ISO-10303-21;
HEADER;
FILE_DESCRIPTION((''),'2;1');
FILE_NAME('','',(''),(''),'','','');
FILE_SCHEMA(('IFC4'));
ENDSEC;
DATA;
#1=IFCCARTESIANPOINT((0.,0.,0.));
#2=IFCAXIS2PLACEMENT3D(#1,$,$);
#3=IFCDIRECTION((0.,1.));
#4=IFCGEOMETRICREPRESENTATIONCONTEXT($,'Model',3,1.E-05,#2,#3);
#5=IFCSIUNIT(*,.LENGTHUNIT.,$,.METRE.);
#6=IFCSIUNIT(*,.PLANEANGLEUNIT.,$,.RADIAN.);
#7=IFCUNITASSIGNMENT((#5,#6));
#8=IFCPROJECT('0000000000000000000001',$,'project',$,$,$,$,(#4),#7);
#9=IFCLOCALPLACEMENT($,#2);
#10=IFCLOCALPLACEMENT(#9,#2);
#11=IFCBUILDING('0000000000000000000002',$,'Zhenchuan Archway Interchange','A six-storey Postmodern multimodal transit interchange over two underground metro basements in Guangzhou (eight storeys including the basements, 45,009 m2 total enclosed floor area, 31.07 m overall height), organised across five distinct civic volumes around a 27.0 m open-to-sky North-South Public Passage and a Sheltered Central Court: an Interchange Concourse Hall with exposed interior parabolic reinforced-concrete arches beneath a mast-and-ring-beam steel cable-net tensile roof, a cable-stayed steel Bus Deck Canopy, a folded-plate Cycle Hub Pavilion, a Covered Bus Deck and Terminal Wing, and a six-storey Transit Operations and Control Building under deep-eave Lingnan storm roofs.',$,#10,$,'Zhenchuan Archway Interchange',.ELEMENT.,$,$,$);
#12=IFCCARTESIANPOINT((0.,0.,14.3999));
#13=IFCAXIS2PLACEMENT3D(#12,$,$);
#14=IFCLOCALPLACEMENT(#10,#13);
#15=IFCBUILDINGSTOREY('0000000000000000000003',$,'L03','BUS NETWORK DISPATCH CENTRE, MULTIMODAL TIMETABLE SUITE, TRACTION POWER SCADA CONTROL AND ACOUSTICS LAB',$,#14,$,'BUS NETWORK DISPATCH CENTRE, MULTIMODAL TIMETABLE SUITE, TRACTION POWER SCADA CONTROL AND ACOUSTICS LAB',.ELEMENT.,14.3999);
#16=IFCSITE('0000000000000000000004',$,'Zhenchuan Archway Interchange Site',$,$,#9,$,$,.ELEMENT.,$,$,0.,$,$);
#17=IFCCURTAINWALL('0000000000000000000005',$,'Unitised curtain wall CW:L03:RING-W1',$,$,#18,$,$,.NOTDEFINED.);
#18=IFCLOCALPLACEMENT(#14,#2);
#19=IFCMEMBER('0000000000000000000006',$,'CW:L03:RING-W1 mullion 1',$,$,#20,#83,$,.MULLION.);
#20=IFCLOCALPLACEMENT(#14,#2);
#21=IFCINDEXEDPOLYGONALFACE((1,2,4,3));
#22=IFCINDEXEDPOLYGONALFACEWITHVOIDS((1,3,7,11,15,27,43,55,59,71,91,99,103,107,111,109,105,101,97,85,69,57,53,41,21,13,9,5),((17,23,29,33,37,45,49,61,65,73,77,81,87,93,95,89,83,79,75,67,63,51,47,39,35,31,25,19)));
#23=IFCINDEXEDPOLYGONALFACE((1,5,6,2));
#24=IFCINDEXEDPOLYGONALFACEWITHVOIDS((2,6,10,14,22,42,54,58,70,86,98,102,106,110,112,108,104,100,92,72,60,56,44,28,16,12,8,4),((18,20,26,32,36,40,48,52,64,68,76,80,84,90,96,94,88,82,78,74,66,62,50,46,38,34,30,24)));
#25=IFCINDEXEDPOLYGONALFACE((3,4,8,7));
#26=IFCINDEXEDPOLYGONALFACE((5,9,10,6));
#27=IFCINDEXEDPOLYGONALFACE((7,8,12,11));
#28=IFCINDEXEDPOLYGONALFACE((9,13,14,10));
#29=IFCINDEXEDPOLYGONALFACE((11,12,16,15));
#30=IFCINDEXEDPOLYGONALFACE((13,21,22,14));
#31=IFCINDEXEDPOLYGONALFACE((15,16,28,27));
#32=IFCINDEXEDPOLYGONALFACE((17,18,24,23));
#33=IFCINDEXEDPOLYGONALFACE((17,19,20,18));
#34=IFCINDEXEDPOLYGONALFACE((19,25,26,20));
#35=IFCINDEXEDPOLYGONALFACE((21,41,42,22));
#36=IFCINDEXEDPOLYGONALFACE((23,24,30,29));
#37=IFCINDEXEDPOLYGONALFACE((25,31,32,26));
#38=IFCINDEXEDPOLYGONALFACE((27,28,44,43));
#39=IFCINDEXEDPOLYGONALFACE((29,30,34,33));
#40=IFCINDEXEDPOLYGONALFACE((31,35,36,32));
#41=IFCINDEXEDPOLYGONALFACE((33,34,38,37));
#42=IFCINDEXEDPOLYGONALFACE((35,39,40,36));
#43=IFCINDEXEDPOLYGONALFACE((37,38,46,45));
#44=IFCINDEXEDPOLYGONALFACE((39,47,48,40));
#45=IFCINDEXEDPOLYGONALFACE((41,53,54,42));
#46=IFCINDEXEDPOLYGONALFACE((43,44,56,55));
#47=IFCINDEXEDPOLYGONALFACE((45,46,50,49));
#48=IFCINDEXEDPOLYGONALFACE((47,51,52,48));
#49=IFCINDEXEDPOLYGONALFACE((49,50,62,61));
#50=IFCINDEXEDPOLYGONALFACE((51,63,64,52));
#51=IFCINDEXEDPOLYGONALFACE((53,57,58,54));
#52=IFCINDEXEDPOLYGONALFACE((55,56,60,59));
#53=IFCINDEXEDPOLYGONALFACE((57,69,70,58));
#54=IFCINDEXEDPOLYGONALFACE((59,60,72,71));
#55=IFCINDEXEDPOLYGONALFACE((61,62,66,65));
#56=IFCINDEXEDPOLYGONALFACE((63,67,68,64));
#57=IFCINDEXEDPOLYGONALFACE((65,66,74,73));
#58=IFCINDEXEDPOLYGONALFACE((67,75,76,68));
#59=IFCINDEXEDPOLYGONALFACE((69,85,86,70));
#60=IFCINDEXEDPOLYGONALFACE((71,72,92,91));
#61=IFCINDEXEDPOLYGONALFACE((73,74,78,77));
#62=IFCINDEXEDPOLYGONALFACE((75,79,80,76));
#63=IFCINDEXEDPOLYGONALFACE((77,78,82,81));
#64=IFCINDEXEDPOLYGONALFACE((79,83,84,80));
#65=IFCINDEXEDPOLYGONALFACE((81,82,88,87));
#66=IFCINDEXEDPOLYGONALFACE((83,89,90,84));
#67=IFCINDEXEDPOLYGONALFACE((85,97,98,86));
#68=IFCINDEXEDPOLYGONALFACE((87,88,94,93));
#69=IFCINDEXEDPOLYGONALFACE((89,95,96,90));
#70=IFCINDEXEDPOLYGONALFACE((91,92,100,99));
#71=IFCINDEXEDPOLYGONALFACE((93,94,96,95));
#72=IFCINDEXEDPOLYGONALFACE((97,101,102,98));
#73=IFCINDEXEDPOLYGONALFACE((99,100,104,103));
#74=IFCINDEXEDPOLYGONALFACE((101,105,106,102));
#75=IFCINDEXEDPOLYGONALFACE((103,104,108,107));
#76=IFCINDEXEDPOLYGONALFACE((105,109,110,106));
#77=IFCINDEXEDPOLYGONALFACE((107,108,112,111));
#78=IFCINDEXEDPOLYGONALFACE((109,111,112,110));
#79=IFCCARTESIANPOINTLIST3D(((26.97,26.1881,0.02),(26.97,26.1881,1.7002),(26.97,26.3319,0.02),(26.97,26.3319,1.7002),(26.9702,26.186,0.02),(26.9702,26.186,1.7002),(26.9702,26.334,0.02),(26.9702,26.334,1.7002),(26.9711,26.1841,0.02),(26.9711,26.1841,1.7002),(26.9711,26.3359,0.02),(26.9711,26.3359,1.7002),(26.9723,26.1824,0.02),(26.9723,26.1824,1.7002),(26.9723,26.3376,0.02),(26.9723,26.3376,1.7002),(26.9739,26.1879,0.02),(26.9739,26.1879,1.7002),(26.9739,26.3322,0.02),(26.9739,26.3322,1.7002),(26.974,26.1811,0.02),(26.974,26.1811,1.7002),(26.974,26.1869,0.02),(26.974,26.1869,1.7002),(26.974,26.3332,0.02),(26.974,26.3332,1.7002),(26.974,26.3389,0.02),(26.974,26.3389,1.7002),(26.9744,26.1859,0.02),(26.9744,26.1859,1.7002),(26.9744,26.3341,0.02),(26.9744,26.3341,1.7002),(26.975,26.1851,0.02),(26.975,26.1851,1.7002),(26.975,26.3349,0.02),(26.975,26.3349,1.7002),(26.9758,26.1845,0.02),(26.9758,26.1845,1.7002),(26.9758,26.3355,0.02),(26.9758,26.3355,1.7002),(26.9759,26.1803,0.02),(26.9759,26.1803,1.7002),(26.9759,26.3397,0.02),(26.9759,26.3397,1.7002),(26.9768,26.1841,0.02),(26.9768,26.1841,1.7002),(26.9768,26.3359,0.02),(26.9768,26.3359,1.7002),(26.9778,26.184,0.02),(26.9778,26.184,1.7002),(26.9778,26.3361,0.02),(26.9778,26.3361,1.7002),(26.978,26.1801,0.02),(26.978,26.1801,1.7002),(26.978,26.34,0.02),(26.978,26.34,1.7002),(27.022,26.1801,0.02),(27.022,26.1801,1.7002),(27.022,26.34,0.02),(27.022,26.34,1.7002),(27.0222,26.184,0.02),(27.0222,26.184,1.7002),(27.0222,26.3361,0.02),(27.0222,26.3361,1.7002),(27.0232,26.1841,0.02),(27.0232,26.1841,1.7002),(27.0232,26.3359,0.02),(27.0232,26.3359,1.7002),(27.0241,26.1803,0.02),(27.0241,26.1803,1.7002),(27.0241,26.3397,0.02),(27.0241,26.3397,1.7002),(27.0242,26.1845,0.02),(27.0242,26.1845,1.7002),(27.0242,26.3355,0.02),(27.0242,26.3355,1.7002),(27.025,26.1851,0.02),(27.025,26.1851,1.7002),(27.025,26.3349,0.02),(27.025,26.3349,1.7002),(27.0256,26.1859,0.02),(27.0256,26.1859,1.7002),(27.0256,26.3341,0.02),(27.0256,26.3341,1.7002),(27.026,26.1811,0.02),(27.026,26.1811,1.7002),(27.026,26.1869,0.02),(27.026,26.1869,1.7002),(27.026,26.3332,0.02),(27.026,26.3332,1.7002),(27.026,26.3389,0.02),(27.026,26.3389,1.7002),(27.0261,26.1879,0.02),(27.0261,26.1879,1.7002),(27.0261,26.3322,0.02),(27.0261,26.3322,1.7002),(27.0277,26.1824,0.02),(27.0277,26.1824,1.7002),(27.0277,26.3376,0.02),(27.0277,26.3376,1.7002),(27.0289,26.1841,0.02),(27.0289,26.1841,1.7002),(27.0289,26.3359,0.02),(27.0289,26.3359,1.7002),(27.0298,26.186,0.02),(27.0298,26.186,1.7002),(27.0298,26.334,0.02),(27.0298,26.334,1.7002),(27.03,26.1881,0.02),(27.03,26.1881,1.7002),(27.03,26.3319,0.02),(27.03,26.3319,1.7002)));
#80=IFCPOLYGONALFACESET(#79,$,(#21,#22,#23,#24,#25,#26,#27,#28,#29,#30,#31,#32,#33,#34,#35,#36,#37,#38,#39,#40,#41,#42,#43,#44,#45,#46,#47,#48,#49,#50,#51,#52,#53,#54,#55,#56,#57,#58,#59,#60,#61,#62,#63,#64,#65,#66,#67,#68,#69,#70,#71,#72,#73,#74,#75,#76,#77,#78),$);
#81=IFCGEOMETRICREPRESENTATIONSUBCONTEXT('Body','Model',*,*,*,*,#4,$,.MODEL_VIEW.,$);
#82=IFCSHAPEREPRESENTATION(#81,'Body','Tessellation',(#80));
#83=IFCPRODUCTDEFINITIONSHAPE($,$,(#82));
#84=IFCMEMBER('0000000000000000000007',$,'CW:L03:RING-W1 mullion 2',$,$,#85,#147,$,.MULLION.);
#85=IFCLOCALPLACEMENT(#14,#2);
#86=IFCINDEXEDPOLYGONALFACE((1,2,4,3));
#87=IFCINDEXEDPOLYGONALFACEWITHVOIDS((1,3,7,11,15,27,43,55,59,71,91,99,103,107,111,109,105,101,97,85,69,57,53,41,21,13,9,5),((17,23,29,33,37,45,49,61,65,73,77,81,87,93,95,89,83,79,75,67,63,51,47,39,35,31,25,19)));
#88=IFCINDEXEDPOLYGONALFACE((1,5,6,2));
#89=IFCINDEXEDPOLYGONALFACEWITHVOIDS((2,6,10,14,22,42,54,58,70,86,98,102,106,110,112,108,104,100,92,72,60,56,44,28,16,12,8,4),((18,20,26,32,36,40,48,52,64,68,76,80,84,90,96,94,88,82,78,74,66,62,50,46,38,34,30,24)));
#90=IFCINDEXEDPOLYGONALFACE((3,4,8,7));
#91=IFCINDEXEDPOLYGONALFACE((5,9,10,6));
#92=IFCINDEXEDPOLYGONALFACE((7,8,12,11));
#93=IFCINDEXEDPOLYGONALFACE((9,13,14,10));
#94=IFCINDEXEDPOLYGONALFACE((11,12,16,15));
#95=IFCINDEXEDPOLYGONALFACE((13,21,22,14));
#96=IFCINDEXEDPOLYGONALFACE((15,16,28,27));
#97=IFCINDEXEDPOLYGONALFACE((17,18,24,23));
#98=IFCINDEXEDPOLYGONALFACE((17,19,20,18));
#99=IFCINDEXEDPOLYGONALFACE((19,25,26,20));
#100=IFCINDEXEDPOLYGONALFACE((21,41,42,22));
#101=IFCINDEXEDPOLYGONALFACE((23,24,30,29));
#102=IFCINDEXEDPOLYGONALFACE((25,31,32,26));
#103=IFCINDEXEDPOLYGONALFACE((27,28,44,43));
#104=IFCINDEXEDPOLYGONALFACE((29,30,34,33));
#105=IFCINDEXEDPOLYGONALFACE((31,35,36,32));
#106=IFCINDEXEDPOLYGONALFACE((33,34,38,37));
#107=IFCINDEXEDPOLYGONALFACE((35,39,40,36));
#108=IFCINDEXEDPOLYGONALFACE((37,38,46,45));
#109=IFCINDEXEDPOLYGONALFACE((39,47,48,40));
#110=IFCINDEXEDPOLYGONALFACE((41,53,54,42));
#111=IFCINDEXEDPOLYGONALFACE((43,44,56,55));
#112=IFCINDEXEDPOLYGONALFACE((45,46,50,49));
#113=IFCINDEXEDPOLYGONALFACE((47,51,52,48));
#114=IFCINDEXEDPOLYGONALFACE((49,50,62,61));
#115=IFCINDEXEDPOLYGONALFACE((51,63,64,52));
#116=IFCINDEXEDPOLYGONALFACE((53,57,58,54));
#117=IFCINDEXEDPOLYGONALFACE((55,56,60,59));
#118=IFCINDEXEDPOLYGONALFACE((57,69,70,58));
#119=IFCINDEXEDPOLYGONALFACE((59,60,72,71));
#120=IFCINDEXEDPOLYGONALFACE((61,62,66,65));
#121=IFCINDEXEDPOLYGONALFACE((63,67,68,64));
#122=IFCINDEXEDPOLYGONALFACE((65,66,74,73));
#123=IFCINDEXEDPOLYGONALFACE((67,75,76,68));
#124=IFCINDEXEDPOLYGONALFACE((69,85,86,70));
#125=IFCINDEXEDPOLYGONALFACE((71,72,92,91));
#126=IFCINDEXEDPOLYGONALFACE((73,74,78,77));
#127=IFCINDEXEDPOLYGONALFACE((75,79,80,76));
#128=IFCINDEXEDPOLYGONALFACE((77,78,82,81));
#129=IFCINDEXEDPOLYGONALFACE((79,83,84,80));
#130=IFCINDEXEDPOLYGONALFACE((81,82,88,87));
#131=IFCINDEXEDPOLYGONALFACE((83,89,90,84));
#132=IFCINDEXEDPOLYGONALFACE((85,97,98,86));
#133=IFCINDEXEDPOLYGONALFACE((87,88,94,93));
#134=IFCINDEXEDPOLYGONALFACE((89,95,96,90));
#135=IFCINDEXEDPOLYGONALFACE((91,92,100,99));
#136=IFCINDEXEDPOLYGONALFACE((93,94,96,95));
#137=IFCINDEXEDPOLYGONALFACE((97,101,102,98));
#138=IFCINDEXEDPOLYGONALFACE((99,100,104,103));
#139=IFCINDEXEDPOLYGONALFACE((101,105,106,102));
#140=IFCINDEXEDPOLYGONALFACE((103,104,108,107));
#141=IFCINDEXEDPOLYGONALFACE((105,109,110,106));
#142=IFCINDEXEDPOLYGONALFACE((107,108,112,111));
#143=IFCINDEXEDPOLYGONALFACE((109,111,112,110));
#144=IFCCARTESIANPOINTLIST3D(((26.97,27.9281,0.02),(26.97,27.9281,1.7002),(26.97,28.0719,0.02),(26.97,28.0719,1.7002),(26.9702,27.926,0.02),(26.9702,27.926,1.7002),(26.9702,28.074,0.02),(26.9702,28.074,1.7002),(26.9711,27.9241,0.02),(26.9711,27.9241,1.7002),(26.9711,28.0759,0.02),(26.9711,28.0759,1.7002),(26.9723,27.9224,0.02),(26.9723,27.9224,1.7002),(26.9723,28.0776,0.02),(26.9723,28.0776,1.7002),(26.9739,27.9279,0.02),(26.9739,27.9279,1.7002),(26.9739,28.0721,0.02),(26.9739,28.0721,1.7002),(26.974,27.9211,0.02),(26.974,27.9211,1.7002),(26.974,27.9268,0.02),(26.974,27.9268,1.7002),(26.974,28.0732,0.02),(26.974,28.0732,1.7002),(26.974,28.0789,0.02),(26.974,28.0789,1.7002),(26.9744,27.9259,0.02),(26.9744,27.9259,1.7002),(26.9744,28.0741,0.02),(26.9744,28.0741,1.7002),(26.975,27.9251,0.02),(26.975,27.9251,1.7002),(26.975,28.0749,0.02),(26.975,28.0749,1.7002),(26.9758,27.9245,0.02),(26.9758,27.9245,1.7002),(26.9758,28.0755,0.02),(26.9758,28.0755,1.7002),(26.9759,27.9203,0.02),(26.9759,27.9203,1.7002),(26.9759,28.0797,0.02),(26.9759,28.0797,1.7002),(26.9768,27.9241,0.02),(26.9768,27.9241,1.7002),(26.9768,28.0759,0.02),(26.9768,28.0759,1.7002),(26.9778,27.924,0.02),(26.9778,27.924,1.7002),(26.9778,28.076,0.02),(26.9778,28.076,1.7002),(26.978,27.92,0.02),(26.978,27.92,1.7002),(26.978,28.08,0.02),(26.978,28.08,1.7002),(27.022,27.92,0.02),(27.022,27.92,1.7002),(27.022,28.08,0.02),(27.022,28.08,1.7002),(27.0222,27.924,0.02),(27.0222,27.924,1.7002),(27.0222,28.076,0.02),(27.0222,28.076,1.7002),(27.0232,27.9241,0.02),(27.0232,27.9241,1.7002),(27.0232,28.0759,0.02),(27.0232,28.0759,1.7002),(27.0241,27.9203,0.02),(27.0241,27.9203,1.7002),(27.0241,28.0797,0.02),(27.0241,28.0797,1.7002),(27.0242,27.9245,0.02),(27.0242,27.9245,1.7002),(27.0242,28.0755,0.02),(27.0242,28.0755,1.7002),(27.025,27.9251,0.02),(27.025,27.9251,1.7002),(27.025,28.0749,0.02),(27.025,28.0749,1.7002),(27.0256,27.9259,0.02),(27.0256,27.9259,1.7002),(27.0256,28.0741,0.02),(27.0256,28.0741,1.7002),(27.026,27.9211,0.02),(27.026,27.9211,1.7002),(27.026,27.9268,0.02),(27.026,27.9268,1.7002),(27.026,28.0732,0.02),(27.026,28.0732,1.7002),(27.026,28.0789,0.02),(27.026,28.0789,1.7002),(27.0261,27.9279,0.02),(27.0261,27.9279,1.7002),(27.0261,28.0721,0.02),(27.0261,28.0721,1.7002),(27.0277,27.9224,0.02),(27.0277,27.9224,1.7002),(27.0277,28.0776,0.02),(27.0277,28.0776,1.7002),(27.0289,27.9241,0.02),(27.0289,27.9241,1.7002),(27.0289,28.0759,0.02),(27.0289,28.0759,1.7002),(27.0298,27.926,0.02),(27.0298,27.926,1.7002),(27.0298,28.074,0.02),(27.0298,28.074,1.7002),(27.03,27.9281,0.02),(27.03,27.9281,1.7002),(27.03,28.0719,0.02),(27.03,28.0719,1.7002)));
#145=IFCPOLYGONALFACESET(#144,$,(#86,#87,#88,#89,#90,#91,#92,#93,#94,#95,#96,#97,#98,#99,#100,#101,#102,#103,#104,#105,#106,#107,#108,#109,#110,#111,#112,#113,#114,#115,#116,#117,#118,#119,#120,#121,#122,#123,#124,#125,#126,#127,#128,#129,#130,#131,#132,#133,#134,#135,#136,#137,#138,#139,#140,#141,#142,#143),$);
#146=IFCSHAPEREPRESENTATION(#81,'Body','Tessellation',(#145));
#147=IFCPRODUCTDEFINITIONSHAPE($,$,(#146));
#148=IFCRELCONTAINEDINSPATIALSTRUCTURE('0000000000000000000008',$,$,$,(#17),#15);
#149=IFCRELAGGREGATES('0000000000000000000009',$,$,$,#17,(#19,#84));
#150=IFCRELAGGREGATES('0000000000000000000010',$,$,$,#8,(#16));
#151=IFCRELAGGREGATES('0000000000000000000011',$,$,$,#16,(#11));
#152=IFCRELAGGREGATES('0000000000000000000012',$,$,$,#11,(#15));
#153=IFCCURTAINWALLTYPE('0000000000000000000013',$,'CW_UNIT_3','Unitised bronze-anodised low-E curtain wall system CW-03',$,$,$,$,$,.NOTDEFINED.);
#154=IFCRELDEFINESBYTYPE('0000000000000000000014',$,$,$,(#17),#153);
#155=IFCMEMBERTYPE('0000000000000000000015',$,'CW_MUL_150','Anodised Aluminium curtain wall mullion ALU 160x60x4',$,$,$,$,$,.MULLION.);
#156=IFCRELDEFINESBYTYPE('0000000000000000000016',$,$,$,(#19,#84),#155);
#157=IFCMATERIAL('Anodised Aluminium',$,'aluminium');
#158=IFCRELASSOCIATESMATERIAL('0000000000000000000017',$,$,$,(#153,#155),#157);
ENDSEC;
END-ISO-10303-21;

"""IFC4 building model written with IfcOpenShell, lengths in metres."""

from ifc_helpers import new_model, si_unit, direction, frame, origin, origin_2d, place, context, subcontext, project, spatial, hollow_rectangle, extrude, material, material_profile, profile_set, type_object, element, aggregate, save


model = new_model("IFC4")

# Units and contexts
model_context = context("Model", 3, precision=1e-05, world=origin(), true_north=direction((0.0, 1.0)))
body_context = subcontext(model_context, "Body", "Model", "MODEL_VIEW")
ifc_project = project(units=[si_unit("LENGTHUNIT", "METRE"), si_unit("PLANEANGLEUNIT", "RADIAN")], contexts=[model_context])

# Site, building, storey
site_placement = place(None, origin())
site = spatial("IfcSite", under=ifc_project, at=site_placement, Name="Zhenchuan Archway Interchange Site", CompositionType="ELEMENT", RefElevation=0.0)
building_placement = place(site_placement, origin())
building = spatial("IfcBuilding", under=site, at=building_placement, Name="Zhenchuan Archway Interchange", Description="A six-storey Postmodern multimodal transit interchange over two underground metro basements in Guangzhou (eight storeys including the basements, 45,009 m2 total enclosed floor area, 31.07 m overall height), organised across five distinct civic volumes around a 27.0 m open-to-sky North-South Public Passage and a Sheltered Central Court: an Interchange Concourse Hall with exposed interior parabolic reinforced-concrete arches beneath a mast-and-ring-beam steel cable-net tensile roof, a cable-stayed steel Bus Deck Canopy, a folded-plate Cycle Hub Pavilion, a Covered Bus Deck and Terminal Wing, and a six-storey Transit Operations and Control Building under deep-eave Lingnan storm roofs.", LongName="Zhenchuan Archway Interchange", CompositionType="ELEMENT")
storey_placement = place(building_placement, frame((0.0, 0.0, 14.3999)))
storey = spatial("IfcBuildingStorey", under=building, at=storey_placement, Name="L03", Description="BUS NETWORK DISPATCH CENTRE, MULTIMODAL TIMETABLE SUITE, TRACTION POWER SCADA CONTROL AND ACOUSTICS LAB", LongName="BUS NETWORK DISPATCH CENTRE, MULTIMODAL TIMETABLE SUITE, TRACTION POWER SCADA CONTROL AND ACOUSTICS LAB", CompositionType="ELEMENT", Elevation=14.3999)

# Curtain wall, members
ifc_material_1 = material(Name="Anodised Aluminium", Category="aluminium")
curtain_wall_type_1 = type_object("IfcCurtainWallType", Name="CW_UNIT_3", Description="Unitised bronze-anodised low-E curtain wall system CW-03", PredefinedType="NOTDEFINED", material=ifc_material_1)
curtain_wall_1_placement = place(storey_placement, origin())
curtain_wall_1 = element("IfcCurtainWall", 1, at=curtain_wall_1_placement, inside=storey, type_object=curtain_wall_type_1, Name="Unitised curtain wall CW:L03:RING-W1", PredefinedType="NOTDEFINED")
ifc_material_profile_1 = material_profile(ifc_material_1, hollow_rectangle(XDim=0.0601, YDim=0.1599, WallThickness=0.0039, InnerFilletRadius=0.0039, OuterFilletRadius=0.0081, at=origin_2d()), Name="ALU 160x60x4")
ifc_profile_set_1 = profile_set([ifc_material_profile_1], Name="Anodised Aluminium")
member_type_1 = type_object("IfcMemberType", Name="CW_MUL_150", Description="Anodised Aluminium curtain wall mullion ALU 160x60x4", PredefinedType="MULLION", material=ifc_profile_set_1)
member_1_placement = place(storey_placement, frame((27.0, 26.26, 0.02), z_axis=(0.0, 0.0, 1.0), x_axis=(1.0, 0.0, 0.0)))
member_1 = element("IfcMember", 2, at=member_1_placement, type_object=member_type_1, Name="CW:L03:RING-W1 mullion 1", PredefinedType="MULLION", context=body_context, shape_type="SweptSolid", body=[
    extrude(hollow_rectangle(XDim=0.0601, YDim=0.1599, WallThickness=0.0039, InnerFilletRadius=0.0039, OuterFilletRadius=0.0081, at=origin_2d()), origin(), (0.0, 0.0, 1.0), 1.6802),
])
member_2_placement = place(storey_placement, frame((27.0, 28.0, 0.02), z_axis=(0.0, 0.0, 1.0), x_axis=(1.0, 0.0, 0.0)))
member_2 = element("IfcMember", 3, at=member_2_placement, type_object=member_type_1, Name="CW:L03:RING-W1 mullion 2", PredefinedType="MULLION", context=body_context, shape_type="SweptSolid", body=[
    extrude(hollow_rectangle(XDim=0.0601, YDim=0.1599, WallThickness=0.0039, InnerFilletRadius=0.0039, OuterFilletRadius=0.0081, at=origin_2d()), origin(), (0.0, 0.0, 1.0), 1.6802),
])

aggregate(curtain_wall_1, [member_1, member_2])

save(model, "model.ifc")
